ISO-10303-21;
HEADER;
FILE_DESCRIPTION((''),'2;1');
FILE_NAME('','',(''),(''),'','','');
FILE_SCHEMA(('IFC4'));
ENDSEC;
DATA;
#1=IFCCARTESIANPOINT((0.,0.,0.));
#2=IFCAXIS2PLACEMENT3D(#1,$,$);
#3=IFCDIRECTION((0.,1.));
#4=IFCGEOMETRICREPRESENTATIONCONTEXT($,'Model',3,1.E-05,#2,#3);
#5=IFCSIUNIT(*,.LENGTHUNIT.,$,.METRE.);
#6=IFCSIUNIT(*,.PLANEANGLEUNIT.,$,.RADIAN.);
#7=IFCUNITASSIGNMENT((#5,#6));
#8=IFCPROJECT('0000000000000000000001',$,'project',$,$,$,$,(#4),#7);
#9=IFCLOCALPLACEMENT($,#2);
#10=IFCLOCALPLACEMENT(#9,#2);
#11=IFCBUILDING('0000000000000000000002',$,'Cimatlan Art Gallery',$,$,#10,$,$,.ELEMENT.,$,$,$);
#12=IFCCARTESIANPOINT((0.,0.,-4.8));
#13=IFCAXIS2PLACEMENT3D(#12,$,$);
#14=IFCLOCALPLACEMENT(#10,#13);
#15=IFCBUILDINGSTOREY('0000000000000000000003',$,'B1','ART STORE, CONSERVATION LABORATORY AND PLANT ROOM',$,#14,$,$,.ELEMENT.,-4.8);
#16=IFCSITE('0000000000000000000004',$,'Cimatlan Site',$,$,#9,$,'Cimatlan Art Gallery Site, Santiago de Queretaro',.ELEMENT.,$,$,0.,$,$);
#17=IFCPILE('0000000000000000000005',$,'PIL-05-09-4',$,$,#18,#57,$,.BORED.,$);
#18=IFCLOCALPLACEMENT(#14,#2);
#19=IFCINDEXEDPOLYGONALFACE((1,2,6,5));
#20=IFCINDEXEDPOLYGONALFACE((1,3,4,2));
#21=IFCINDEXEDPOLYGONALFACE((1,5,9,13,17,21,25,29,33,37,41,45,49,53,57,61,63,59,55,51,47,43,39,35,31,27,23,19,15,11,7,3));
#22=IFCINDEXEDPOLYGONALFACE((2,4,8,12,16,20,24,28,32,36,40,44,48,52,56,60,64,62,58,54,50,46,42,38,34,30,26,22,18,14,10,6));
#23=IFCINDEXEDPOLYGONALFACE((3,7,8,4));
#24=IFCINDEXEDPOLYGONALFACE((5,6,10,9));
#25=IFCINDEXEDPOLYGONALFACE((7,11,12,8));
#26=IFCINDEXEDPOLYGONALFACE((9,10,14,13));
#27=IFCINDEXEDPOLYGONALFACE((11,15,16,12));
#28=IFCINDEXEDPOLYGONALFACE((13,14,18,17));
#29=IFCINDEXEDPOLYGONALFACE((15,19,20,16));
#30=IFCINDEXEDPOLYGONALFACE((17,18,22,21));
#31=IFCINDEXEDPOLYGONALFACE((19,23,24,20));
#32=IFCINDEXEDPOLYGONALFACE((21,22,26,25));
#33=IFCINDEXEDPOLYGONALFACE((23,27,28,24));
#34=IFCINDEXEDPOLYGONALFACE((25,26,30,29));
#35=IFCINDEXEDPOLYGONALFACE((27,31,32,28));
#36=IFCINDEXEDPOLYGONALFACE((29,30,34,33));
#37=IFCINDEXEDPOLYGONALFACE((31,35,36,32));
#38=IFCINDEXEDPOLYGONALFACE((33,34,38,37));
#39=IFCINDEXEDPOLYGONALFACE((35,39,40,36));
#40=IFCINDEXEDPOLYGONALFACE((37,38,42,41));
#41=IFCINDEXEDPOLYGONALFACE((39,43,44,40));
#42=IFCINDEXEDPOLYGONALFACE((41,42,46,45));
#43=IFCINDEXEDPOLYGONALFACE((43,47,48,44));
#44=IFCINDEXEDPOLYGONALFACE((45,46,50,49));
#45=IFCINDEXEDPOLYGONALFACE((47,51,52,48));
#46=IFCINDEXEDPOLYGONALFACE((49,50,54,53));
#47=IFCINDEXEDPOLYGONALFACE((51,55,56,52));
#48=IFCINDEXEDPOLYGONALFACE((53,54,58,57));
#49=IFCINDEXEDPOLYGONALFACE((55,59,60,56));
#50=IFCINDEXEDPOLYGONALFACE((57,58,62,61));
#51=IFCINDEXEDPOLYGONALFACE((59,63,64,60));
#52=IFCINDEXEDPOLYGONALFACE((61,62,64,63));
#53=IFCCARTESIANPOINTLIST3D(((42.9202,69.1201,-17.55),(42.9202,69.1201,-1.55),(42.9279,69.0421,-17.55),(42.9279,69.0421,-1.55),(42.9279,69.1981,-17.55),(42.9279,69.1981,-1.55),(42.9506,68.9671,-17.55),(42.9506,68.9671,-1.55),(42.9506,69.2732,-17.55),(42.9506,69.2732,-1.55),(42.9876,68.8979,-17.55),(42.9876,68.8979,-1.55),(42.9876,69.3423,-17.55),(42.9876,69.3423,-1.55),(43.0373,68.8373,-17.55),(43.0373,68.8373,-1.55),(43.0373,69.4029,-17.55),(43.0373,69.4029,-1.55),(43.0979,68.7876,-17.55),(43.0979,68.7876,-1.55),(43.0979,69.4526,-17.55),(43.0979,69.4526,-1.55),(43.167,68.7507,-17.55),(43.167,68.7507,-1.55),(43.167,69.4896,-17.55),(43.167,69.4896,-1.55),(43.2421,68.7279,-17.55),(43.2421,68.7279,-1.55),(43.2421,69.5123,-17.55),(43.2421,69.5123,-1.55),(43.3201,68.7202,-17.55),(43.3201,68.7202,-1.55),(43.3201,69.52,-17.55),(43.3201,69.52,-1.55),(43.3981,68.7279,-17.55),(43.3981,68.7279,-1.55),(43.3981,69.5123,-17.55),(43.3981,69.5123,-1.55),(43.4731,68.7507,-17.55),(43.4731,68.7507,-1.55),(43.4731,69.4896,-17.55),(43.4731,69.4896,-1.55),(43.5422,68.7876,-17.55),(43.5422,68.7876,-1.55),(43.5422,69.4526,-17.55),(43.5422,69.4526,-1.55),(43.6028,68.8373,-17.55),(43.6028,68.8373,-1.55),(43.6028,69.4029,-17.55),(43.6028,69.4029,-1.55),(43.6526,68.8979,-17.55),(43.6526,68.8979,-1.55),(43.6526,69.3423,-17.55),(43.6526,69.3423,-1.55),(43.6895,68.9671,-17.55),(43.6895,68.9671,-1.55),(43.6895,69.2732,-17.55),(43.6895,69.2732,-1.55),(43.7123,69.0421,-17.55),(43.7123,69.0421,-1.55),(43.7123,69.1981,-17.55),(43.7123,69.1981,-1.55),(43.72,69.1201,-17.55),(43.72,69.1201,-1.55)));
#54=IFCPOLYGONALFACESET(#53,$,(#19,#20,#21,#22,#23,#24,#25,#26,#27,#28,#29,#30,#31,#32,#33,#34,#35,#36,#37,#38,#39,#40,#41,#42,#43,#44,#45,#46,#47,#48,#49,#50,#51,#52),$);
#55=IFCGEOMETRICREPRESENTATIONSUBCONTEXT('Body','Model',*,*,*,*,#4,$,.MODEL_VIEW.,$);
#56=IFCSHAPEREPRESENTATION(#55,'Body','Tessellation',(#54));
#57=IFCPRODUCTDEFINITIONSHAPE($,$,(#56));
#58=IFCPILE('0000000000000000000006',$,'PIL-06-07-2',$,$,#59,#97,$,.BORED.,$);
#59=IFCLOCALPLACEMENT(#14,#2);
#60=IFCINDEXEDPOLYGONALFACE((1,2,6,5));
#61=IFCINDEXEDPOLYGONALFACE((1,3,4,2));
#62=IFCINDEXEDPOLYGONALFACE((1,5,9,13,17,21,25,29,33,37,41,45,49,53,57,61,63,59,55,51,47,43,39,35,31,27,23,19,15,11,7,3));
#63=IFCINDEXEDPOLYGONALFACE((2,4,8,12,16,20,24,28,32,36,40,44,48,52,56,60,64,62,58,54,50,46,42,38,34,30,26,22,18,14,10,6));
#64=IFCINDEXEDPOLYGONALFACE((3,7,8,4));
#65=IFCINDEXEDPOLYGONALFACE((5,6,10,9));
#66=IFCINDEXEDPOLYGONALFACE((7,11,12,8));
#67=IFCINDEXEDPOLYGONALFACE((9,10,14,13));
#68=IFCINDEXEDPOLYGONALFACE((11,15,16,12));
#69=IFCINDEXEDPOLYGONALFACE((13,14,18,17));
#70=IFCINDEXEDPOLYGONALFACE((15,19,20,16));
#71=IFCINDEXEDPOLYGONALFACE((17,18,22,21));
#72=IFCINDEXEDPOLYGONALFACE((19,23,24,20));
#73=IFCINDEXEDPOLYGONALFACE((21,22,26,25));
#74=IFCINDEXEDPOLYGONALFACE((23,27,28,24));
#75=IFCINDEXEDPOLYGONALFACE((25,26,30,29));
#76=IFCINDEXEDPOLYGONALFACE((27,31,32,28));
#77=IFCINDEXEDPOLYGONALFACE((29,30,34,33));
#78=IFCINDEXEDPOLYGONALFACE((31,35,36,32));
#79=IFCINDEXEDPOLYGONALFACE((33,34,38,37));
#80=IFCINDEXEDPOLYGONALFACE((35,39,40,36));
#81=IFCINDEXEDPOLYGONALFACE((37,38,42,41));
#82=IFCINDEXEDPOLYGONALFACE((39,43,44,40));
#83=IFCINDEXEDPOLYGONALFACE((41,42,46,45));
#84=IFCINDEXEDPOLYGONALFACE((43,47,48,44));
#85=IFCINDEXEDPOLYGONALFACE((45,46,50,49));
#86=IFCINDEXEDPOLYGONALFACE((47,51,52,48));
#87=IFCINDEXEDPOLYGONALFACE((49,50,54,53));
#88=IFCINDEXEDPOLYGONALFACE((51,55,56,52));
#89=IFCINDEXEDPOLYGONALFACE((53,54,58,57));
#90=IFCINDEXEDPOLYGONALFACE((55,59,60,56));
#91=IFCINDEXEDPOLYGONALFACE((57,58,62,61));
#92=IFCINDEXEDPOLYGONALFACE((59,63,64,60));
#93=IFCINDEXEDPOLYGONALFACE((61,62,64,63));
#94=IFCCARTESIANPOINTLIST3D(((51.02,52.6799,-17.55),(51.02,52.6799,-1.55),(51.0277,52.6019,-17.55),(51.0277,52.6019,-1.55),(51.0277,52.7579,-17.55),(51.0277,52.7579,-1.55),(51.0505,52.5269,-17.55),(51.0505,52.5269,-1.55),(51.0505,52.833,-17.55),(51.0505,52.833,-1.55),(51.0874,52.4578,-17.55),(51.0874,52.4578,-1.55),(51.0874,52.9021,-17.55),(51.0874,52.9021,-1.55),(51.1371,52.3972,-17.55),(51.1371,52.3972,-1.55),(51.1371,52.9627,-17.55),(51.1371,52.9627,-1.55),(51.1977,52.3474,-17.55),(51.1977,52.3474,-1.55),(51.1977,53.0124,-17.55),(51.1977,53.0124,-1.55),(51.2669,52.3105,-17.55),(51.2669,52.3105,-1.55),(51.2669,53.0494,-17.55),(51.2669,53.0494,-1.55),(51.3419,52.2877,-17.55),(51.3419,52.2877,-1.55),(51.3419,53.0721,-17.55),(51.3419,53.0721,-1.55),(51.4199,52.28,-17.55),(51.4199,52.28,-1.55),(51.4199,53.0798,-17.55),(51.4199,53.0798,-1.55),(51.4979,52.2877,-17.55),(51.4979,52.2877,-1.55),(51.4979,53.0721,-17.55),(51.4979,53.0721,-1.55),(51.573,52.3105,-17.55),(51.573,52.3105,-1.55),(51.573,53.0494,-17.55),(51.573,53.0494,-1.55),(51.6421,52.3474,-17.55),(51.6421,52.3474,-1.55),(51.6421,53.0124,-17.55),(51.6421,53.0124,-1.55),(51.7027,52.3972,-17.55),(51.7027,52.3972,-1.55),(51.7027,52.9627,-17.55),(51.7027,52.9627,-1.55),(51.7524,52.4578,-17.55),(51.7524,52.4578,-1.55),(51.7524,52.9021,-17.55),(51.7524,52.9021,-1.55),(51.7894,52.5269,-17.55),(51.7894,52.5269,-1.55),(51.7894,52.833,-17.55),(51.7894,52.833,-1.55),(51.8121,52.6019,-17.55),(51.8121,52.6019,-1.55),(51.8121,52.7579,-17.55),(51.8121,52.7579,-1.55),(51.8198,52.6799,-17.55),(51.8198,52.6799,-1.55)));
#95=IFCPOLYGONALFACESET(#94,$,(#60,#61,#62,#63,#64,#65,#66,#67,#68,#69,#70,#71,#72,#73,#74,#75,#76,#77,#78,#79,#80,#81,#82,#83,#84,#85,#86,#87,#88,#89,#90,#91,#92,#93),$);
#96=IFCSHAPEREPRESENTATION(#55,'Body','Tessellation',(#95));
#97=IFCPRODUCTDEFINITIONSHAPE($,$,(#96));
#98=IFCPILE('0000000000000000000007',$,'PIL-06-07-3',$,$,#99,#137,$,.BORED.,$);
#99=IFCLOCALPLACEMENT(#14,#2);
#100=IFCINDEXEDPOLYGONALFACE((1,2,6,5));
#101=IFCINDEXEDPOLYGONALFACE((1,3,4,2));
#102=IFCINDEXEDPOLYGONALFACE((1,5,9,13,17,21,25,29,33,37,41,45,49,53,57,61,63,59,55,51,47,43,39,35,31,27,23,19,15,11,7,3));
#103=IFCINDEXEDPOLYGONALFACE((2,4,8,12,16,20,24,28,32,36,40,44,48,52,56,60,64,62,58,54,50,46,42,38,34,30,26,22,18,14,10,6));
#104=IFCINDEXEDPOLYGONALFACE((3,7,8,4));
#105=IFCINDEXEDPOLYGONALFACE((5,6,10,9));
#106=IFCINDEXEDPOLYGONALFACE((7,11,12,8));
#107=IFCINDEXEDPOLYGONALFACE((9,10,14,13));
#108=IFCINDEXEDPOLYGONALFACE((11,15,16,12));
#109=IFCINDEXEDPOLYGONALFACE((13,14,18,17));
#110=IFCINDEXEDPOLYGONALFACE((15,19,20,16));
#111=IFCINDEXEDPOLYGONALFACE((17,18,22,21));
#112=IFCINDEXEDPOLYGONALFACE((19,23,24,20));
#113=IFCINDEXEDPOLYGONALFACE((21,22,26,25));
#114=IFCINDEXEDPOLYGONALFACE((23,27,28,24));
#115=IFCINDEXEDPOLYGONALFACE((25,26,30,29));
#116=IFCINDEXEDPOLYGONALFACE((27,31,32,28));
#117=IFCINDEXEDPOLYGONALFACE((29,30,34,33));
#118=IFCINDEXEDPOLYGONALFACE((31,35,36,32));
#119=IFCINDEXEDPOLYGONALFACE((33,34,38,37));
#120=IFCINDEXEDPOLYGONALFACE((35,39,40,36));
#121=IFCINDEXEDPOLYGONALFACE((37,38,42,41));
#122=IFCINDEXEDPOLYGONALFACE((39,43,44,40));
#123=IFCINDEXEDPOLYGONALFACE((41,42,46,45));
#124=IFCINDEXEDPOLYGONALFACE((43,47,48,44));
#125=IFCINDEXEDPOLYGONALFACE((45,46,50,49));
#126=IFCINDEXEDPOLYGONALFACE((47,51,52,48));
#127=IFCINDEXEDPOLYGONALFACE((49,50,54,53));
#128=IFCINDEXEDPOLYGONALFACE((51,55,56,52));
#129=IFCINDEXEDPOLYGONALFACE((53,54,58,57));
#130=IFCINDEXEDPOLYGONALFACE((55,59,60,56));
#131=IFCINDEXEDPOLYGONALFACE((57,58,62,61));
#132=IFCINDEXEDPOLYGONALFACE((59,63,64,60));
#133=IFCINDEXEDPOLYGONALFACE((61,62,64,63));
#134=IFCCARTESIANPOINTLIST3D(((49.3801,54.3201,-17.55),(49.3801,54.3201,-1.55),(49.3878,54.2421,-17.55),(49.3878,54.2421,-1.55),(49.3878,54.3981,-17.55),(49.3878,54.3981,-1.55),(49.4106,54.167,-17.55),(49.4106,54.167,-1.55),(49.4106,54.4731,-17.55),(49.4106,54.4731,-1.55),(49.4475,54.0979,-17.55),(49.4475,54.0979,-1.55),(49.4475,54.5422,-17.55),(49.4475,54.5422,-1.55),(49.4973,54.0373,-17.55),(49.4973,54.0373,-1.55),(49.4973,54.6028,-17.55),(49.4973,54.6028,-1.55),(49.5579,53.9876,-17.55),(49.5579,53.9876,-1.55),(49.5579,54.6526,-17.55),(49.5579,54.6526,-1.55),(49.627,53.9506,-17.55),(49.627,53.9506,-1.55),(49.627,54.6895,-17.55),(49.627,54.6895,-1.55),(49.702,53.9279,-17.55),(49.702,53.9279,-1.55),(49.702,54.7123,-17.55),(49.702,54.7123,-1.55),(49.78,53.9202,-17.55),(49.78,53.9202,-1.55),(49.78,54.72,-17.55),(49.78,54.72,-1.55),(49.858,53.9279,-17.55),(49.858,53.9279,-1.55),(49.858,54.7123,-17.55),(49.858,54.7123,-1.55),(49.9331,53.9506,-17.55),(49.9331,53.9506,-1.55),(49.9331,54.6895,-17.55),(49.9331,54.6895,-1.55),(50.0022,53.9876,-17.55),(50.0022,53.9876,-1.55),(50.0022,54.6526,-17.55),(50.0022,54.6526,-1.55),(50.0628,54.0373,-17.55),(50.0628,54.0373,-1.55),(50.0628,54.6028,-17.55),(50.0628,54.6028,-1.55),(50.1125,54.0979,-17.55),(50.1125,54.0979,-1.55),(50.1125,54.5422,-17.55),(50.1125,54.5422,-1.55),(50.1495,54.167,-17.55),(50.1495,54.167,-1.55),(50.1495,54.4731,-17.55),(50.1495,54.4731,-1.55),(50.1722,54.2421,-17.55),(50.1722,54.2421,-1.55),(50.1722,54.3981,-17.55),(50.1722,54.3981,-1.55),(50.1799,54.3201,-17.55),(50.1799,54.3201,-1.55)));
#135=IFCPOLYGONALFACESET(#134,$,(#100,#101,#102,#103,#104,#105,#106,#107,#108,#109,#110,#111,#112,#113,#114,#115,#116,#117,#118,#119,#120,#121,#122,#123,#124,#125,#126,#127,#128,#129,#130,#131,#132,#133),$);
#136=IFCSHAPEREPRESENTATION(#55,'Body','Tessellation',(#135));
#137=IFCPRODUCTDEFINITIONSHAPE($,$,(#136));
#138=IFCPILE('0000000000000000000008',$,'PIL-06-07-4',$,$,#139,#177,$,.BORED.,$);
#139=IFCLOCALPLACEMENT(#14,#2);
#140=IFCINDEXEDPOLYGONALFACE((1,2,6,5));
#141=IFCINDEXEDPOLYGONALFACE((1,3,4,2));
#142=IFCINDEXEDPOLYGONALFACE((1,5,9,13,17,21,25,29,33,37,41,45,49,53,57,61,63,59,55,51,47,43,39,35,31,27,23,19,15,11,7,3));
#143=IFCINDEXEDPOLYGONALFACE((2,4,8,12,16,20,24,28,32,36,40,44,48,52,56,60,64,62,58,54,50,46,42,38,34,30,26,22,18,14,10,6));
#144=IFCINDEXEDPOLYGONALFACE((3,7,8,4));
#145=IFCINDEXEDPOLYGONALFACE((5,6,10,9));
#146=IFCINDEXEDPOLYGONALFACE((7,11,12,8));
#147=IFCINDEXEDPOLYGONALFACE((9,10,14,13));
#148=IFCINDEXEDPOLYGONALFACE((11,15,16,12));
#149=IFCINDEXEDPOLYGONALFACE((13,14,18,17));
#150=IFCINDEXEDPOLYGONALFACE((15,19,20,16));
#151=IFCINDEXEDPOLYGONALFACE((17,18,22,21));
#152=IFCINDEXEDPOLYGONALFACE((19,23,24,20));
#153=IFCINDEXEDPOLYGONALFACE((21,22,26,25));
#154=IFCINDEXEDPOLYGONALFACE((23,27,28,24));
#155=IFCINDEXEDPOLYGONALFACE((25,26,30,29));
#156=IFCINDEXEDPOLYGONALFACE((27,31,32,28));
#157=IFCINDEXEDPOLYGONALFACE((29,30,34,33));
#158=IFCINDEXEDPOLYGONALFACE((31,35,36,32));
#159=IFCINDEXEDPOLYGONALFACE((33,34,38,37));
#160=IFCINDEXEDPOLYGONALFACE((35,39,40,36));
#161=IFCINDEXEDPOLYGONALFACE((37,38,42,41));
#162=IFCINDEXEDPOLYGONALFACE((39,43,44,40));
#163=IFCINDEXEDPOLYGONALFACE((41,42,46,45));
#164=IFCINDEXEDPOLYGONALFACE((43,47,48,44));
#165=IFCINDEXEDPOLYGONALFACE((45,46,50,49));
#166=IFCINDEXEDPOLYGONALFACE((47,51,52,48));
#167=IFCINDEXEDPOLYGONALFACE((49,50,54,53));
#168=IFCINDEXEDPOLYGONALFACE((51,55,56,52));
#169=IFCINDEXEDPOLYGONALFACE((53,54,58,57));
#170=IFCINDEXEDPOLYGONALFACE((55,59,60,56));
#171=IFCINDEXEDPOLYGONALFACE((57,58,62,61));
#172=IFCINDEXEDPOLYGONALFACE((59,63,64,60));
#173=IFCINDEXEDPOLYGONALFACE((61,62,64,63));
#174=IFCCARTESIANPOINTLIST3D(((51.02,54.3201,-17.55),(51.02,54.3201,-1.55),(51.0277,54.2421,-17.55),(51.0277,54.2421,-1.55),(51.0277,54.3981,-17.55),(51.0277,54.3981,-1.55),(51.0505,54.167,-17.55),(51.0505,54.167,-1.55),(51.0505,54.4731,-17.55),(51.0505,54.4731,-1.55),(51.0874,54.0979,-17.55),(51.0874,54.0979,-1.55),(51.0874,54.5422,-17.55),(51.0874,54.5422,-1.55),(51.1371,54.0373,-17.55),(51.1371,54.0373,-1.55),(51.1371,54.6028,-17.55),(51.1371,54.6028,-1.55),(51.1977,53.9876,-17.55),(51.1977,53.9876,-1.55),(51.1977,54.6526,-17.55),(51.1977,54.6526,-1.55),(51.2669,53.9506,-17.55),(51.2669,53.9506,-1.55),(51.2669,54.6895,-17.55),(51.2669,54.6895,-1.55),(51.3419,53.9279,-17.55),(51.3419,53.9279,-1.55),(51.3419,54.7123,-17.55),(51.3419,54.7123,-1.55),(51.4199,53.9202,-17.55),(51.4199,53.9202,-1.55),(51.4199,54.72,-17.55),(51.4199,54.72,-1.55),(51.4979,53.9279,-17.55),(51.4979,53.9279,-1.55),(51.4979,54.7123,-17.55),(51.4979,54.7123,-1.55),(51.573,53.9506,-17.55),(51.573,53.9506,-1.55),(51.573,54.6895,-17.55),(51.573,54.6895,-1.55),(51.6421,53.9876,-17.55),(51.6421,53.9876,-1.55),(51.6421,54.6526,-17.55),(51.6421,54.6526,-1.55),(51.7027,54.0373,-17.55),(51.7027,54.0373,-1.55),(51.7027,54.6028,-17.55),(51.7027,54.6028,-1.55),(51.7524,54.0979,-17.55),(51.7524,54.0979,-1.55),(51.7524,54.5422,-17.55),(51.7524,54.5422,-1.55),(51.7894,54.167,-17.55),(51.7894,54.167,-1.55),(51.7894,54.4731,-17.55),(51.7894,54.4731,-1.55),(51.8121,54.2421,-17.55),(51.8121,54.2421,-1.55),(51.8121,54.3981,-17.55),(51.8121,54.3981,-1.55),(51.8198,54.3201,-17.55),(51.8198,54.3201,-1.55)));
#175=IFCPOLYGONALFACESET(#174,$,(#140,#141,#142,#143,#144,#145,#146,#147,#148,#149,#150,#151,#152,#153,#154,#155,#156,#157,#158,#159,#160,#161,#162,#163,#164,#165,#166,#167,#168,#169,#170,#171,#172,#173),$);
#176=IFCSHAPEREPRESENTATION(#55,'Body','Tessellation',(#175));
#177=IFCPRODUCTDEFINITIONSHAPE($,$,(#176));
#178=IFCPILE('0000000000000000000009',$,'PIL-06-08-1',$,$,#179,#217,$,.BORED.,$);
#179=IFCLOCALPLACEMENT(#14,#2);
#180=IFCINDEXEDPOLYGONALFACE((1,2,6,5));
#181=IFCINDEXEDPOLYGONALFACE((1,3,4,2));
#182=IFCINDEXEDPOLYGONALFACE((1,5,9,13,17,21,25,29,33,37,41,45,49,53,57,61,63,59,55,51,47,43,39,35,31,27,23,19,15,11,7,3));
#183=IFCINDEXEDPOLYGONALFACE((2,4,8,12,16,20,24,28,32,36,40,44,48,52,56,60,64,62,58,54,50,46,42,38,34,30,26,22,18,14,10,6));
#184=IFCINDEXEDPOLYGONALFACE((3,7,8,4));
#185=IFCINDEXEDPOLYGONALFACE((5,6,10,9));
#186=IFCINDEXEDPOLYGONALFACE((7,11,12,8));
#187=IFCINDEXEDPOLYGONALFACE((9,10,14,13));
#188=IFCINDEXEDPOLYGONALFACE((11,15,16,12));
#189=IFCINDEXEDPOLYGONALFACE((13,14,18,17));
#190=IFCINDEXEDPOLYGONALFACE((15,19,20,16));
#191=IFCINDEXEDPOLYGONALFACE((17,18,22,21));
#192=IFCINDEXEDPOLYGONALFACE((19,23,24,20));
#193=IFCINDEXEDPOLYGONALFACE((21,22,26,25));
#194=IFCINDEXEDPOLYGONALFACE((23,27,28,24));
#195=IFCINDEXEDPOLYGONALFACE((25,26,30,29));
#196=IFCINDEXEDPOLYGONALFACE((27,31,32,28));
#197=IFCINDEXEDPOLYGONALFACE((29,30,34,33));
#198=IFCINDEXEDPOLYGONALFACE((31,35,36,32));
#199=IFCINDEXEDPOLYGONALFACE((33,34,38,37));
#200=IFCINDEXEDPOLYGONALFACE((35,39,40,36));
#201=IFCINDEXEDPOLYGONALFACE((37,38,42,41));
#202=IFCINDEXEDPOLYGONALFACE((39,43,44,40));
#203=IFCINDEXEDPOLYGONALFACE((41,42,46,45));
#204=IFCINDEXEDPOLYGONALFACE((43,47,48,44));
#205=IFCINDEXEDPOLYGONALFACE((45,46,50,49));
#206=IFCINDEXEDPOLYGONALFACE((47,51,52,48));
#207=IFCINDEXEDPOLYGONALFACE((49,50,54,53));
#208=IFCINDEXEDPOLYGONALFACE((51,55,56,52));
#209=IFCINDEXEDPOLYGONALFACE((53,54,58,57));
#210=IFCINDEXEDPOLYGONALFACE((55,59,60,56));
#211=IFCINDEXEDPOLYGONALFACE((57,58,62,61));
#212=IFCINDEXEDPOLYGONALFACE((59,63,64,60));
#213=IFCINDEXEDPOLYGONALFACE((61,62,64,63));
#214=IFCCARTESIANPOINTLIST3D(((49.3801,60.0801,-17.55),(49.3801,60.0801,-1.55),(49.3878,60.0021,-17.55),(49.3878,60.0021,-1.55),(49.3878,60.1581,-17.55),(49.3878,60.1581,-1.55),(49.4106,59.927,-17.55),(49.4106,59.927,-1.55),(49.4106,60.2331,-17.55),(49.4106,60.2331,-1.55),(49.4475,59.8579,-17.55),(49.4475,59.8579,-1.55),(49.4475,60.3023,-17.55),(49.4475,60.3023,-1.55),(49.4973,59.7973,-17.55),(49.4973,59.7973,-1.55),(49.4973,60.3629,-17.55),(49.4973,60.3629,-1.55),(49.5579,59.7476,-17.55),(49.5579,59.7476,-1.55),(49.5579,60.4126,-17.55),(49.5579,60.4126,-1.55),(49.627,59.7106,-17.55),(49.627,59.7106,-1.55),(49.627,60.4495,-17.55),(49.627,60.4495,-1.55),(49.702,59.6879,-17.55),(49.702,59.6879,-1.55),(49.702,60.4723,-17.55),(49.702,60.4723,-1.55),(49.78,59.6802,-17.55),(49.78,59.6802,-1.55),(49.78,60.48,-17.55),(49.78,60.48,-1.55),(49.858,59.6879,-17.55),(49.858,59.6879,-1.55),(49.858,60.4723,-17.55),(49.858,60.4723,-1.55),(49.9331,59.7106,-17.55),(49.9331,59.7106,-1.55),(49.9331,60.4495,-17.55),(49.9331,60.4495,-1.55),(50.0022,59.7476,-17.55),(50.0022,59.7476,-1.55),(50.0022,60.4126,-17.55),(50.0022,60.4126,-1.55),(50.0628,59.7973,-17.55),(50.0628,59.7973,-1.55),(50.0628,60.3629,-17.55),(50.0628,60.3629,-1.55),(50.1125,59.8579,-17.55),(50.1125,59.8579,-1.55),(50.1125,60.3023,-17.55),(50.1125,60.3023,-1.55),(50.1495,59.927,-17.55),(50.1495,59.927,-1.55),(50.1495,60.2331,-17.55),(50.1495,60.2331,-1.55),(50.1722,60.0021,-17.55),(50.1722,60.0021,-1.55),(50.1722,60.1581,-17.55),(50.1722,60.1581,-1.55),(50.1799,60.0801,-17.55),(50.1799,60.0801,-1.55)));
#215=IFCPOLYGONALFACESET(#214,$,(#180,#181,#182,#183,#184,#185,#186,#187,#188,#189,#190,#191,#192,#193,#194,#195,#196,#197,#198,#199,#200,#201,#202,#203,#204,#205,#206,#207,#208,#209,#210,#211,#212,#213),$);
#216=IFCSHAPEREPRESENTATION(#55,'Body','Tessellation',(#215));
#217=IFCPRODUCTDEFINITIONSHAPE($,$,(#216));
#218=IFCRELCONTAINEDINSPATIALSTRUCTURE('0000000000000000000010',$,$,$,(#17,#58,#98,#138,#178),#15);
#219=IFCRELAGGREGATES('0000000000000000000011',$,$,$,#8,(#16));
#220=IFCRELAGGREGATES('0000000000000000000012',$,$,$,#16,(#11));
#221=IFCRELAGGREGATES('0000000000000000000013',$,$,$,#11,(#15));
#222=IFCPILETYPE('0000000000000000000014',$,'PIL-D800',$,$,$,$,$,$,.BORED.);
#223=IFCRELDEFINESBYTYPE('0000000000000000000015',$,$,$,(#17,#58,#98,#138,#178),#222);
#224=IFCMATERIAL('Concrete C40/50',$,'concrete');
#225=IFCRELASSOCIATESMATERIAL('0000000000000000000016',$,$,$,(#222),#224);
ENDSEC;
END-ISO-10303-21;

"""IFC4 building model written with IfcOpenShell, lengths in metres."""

from ifc_helpers import new_model, si_unit, direction, frame, origin, origin_2d, place, context, subcontext, project, spatial, circle, extrude, material, type_object, element, save


model = new_model("IFC4")

# Units and contexts
model_context = context("Model", 3, precision=1e-05, world=origin(), true_north=direction((0.0, 1.0)))
body_context = subcontext(model_context, "Body", "Model", "MODEL_VIEW")
ifc_project = project(units=[si_unit("LENGTHUNIT", "METRE"), si_unit("PLANEANGLEUNIT", "RADIAN")], contexts=[model_context])

# Site, building, storey
site_placement = place(None, origin())
site = spatial("IfcSite", under=ifc_project, at=site_placement, Name="Cimatlan Site", LongName="Cimatlan Art Gallery Site, Santiago de Queretaro", CompositionType="ELEMENT", RefElevation=0.0)
building_placement = place(site_placement, origin())
building = spatial("IfcBuilding", under=site, at=building_placement, Name="Cimatlan Art Gallery", CompositionType="ELEMENT")
storey_placement = place(building_placement, frame((0.0, 0.0, -4.8)))
storey = spatial("IfcBuildingStorey", under=building, at=storey_placement, Name="B1", Description="ART STORE, CONSERVATION LABORATORY AND PLANT ROOM", CompositionType="ELEMENT", Elevation=-4.8)

# Shared definitions
ifc_material_1 = material(Name="Concrete C40/50", Category="concrete")

# Piles
pile_type = type_object("IfcPileType", Name="PIL-D800", PredefinedType="BORED", material=ifc_material_1)
for number, where, z_axis, x_axis, name in (
    (1, (43.3201, 69.1201, -1.55), (0.0, 0.0, -1.0), (1.0, 0.0, 0.0), "PIL-05-09-4"),
    (2, (51.4199, 52.6799, -1.55), (0.0, 0.0, -1.0), (1.0, 0.0, 0.0), "PIL-06-07-2"),
    (3, (49.78, 54.3201, -1.55), (0.0, 0.0, -1.0), (1.0, 0.0, 0.0), "PIL-06-07-3"),
    (4, (51.4199, 54.3201, -1.55), (0.0, 0.0, -1.0), (1.0, 0.0, 0.0), "PIL-06-07-4"),
    (5, (49.78, 60.0801, -1.55), (0.0, 0.0, -1.0), (1.0, 0.0, 0.0), "PIL-06-08-1"),
):
    element("IfcPile", number, at=place(storey_placement, frame(where, z_axis=z_axis, x_axis=x_axis)), inside=storey, type_object=pile_type, Name=name, PredefinedType="BORED", context=body_context, shape_type="SweptSolid", body=[
        extrude(circle(Radius=0.3999, at=origin_2d()), origin(), (0.0, 0.0, 1.0), 16.0),
    ])

save(model, "model.ifc")
